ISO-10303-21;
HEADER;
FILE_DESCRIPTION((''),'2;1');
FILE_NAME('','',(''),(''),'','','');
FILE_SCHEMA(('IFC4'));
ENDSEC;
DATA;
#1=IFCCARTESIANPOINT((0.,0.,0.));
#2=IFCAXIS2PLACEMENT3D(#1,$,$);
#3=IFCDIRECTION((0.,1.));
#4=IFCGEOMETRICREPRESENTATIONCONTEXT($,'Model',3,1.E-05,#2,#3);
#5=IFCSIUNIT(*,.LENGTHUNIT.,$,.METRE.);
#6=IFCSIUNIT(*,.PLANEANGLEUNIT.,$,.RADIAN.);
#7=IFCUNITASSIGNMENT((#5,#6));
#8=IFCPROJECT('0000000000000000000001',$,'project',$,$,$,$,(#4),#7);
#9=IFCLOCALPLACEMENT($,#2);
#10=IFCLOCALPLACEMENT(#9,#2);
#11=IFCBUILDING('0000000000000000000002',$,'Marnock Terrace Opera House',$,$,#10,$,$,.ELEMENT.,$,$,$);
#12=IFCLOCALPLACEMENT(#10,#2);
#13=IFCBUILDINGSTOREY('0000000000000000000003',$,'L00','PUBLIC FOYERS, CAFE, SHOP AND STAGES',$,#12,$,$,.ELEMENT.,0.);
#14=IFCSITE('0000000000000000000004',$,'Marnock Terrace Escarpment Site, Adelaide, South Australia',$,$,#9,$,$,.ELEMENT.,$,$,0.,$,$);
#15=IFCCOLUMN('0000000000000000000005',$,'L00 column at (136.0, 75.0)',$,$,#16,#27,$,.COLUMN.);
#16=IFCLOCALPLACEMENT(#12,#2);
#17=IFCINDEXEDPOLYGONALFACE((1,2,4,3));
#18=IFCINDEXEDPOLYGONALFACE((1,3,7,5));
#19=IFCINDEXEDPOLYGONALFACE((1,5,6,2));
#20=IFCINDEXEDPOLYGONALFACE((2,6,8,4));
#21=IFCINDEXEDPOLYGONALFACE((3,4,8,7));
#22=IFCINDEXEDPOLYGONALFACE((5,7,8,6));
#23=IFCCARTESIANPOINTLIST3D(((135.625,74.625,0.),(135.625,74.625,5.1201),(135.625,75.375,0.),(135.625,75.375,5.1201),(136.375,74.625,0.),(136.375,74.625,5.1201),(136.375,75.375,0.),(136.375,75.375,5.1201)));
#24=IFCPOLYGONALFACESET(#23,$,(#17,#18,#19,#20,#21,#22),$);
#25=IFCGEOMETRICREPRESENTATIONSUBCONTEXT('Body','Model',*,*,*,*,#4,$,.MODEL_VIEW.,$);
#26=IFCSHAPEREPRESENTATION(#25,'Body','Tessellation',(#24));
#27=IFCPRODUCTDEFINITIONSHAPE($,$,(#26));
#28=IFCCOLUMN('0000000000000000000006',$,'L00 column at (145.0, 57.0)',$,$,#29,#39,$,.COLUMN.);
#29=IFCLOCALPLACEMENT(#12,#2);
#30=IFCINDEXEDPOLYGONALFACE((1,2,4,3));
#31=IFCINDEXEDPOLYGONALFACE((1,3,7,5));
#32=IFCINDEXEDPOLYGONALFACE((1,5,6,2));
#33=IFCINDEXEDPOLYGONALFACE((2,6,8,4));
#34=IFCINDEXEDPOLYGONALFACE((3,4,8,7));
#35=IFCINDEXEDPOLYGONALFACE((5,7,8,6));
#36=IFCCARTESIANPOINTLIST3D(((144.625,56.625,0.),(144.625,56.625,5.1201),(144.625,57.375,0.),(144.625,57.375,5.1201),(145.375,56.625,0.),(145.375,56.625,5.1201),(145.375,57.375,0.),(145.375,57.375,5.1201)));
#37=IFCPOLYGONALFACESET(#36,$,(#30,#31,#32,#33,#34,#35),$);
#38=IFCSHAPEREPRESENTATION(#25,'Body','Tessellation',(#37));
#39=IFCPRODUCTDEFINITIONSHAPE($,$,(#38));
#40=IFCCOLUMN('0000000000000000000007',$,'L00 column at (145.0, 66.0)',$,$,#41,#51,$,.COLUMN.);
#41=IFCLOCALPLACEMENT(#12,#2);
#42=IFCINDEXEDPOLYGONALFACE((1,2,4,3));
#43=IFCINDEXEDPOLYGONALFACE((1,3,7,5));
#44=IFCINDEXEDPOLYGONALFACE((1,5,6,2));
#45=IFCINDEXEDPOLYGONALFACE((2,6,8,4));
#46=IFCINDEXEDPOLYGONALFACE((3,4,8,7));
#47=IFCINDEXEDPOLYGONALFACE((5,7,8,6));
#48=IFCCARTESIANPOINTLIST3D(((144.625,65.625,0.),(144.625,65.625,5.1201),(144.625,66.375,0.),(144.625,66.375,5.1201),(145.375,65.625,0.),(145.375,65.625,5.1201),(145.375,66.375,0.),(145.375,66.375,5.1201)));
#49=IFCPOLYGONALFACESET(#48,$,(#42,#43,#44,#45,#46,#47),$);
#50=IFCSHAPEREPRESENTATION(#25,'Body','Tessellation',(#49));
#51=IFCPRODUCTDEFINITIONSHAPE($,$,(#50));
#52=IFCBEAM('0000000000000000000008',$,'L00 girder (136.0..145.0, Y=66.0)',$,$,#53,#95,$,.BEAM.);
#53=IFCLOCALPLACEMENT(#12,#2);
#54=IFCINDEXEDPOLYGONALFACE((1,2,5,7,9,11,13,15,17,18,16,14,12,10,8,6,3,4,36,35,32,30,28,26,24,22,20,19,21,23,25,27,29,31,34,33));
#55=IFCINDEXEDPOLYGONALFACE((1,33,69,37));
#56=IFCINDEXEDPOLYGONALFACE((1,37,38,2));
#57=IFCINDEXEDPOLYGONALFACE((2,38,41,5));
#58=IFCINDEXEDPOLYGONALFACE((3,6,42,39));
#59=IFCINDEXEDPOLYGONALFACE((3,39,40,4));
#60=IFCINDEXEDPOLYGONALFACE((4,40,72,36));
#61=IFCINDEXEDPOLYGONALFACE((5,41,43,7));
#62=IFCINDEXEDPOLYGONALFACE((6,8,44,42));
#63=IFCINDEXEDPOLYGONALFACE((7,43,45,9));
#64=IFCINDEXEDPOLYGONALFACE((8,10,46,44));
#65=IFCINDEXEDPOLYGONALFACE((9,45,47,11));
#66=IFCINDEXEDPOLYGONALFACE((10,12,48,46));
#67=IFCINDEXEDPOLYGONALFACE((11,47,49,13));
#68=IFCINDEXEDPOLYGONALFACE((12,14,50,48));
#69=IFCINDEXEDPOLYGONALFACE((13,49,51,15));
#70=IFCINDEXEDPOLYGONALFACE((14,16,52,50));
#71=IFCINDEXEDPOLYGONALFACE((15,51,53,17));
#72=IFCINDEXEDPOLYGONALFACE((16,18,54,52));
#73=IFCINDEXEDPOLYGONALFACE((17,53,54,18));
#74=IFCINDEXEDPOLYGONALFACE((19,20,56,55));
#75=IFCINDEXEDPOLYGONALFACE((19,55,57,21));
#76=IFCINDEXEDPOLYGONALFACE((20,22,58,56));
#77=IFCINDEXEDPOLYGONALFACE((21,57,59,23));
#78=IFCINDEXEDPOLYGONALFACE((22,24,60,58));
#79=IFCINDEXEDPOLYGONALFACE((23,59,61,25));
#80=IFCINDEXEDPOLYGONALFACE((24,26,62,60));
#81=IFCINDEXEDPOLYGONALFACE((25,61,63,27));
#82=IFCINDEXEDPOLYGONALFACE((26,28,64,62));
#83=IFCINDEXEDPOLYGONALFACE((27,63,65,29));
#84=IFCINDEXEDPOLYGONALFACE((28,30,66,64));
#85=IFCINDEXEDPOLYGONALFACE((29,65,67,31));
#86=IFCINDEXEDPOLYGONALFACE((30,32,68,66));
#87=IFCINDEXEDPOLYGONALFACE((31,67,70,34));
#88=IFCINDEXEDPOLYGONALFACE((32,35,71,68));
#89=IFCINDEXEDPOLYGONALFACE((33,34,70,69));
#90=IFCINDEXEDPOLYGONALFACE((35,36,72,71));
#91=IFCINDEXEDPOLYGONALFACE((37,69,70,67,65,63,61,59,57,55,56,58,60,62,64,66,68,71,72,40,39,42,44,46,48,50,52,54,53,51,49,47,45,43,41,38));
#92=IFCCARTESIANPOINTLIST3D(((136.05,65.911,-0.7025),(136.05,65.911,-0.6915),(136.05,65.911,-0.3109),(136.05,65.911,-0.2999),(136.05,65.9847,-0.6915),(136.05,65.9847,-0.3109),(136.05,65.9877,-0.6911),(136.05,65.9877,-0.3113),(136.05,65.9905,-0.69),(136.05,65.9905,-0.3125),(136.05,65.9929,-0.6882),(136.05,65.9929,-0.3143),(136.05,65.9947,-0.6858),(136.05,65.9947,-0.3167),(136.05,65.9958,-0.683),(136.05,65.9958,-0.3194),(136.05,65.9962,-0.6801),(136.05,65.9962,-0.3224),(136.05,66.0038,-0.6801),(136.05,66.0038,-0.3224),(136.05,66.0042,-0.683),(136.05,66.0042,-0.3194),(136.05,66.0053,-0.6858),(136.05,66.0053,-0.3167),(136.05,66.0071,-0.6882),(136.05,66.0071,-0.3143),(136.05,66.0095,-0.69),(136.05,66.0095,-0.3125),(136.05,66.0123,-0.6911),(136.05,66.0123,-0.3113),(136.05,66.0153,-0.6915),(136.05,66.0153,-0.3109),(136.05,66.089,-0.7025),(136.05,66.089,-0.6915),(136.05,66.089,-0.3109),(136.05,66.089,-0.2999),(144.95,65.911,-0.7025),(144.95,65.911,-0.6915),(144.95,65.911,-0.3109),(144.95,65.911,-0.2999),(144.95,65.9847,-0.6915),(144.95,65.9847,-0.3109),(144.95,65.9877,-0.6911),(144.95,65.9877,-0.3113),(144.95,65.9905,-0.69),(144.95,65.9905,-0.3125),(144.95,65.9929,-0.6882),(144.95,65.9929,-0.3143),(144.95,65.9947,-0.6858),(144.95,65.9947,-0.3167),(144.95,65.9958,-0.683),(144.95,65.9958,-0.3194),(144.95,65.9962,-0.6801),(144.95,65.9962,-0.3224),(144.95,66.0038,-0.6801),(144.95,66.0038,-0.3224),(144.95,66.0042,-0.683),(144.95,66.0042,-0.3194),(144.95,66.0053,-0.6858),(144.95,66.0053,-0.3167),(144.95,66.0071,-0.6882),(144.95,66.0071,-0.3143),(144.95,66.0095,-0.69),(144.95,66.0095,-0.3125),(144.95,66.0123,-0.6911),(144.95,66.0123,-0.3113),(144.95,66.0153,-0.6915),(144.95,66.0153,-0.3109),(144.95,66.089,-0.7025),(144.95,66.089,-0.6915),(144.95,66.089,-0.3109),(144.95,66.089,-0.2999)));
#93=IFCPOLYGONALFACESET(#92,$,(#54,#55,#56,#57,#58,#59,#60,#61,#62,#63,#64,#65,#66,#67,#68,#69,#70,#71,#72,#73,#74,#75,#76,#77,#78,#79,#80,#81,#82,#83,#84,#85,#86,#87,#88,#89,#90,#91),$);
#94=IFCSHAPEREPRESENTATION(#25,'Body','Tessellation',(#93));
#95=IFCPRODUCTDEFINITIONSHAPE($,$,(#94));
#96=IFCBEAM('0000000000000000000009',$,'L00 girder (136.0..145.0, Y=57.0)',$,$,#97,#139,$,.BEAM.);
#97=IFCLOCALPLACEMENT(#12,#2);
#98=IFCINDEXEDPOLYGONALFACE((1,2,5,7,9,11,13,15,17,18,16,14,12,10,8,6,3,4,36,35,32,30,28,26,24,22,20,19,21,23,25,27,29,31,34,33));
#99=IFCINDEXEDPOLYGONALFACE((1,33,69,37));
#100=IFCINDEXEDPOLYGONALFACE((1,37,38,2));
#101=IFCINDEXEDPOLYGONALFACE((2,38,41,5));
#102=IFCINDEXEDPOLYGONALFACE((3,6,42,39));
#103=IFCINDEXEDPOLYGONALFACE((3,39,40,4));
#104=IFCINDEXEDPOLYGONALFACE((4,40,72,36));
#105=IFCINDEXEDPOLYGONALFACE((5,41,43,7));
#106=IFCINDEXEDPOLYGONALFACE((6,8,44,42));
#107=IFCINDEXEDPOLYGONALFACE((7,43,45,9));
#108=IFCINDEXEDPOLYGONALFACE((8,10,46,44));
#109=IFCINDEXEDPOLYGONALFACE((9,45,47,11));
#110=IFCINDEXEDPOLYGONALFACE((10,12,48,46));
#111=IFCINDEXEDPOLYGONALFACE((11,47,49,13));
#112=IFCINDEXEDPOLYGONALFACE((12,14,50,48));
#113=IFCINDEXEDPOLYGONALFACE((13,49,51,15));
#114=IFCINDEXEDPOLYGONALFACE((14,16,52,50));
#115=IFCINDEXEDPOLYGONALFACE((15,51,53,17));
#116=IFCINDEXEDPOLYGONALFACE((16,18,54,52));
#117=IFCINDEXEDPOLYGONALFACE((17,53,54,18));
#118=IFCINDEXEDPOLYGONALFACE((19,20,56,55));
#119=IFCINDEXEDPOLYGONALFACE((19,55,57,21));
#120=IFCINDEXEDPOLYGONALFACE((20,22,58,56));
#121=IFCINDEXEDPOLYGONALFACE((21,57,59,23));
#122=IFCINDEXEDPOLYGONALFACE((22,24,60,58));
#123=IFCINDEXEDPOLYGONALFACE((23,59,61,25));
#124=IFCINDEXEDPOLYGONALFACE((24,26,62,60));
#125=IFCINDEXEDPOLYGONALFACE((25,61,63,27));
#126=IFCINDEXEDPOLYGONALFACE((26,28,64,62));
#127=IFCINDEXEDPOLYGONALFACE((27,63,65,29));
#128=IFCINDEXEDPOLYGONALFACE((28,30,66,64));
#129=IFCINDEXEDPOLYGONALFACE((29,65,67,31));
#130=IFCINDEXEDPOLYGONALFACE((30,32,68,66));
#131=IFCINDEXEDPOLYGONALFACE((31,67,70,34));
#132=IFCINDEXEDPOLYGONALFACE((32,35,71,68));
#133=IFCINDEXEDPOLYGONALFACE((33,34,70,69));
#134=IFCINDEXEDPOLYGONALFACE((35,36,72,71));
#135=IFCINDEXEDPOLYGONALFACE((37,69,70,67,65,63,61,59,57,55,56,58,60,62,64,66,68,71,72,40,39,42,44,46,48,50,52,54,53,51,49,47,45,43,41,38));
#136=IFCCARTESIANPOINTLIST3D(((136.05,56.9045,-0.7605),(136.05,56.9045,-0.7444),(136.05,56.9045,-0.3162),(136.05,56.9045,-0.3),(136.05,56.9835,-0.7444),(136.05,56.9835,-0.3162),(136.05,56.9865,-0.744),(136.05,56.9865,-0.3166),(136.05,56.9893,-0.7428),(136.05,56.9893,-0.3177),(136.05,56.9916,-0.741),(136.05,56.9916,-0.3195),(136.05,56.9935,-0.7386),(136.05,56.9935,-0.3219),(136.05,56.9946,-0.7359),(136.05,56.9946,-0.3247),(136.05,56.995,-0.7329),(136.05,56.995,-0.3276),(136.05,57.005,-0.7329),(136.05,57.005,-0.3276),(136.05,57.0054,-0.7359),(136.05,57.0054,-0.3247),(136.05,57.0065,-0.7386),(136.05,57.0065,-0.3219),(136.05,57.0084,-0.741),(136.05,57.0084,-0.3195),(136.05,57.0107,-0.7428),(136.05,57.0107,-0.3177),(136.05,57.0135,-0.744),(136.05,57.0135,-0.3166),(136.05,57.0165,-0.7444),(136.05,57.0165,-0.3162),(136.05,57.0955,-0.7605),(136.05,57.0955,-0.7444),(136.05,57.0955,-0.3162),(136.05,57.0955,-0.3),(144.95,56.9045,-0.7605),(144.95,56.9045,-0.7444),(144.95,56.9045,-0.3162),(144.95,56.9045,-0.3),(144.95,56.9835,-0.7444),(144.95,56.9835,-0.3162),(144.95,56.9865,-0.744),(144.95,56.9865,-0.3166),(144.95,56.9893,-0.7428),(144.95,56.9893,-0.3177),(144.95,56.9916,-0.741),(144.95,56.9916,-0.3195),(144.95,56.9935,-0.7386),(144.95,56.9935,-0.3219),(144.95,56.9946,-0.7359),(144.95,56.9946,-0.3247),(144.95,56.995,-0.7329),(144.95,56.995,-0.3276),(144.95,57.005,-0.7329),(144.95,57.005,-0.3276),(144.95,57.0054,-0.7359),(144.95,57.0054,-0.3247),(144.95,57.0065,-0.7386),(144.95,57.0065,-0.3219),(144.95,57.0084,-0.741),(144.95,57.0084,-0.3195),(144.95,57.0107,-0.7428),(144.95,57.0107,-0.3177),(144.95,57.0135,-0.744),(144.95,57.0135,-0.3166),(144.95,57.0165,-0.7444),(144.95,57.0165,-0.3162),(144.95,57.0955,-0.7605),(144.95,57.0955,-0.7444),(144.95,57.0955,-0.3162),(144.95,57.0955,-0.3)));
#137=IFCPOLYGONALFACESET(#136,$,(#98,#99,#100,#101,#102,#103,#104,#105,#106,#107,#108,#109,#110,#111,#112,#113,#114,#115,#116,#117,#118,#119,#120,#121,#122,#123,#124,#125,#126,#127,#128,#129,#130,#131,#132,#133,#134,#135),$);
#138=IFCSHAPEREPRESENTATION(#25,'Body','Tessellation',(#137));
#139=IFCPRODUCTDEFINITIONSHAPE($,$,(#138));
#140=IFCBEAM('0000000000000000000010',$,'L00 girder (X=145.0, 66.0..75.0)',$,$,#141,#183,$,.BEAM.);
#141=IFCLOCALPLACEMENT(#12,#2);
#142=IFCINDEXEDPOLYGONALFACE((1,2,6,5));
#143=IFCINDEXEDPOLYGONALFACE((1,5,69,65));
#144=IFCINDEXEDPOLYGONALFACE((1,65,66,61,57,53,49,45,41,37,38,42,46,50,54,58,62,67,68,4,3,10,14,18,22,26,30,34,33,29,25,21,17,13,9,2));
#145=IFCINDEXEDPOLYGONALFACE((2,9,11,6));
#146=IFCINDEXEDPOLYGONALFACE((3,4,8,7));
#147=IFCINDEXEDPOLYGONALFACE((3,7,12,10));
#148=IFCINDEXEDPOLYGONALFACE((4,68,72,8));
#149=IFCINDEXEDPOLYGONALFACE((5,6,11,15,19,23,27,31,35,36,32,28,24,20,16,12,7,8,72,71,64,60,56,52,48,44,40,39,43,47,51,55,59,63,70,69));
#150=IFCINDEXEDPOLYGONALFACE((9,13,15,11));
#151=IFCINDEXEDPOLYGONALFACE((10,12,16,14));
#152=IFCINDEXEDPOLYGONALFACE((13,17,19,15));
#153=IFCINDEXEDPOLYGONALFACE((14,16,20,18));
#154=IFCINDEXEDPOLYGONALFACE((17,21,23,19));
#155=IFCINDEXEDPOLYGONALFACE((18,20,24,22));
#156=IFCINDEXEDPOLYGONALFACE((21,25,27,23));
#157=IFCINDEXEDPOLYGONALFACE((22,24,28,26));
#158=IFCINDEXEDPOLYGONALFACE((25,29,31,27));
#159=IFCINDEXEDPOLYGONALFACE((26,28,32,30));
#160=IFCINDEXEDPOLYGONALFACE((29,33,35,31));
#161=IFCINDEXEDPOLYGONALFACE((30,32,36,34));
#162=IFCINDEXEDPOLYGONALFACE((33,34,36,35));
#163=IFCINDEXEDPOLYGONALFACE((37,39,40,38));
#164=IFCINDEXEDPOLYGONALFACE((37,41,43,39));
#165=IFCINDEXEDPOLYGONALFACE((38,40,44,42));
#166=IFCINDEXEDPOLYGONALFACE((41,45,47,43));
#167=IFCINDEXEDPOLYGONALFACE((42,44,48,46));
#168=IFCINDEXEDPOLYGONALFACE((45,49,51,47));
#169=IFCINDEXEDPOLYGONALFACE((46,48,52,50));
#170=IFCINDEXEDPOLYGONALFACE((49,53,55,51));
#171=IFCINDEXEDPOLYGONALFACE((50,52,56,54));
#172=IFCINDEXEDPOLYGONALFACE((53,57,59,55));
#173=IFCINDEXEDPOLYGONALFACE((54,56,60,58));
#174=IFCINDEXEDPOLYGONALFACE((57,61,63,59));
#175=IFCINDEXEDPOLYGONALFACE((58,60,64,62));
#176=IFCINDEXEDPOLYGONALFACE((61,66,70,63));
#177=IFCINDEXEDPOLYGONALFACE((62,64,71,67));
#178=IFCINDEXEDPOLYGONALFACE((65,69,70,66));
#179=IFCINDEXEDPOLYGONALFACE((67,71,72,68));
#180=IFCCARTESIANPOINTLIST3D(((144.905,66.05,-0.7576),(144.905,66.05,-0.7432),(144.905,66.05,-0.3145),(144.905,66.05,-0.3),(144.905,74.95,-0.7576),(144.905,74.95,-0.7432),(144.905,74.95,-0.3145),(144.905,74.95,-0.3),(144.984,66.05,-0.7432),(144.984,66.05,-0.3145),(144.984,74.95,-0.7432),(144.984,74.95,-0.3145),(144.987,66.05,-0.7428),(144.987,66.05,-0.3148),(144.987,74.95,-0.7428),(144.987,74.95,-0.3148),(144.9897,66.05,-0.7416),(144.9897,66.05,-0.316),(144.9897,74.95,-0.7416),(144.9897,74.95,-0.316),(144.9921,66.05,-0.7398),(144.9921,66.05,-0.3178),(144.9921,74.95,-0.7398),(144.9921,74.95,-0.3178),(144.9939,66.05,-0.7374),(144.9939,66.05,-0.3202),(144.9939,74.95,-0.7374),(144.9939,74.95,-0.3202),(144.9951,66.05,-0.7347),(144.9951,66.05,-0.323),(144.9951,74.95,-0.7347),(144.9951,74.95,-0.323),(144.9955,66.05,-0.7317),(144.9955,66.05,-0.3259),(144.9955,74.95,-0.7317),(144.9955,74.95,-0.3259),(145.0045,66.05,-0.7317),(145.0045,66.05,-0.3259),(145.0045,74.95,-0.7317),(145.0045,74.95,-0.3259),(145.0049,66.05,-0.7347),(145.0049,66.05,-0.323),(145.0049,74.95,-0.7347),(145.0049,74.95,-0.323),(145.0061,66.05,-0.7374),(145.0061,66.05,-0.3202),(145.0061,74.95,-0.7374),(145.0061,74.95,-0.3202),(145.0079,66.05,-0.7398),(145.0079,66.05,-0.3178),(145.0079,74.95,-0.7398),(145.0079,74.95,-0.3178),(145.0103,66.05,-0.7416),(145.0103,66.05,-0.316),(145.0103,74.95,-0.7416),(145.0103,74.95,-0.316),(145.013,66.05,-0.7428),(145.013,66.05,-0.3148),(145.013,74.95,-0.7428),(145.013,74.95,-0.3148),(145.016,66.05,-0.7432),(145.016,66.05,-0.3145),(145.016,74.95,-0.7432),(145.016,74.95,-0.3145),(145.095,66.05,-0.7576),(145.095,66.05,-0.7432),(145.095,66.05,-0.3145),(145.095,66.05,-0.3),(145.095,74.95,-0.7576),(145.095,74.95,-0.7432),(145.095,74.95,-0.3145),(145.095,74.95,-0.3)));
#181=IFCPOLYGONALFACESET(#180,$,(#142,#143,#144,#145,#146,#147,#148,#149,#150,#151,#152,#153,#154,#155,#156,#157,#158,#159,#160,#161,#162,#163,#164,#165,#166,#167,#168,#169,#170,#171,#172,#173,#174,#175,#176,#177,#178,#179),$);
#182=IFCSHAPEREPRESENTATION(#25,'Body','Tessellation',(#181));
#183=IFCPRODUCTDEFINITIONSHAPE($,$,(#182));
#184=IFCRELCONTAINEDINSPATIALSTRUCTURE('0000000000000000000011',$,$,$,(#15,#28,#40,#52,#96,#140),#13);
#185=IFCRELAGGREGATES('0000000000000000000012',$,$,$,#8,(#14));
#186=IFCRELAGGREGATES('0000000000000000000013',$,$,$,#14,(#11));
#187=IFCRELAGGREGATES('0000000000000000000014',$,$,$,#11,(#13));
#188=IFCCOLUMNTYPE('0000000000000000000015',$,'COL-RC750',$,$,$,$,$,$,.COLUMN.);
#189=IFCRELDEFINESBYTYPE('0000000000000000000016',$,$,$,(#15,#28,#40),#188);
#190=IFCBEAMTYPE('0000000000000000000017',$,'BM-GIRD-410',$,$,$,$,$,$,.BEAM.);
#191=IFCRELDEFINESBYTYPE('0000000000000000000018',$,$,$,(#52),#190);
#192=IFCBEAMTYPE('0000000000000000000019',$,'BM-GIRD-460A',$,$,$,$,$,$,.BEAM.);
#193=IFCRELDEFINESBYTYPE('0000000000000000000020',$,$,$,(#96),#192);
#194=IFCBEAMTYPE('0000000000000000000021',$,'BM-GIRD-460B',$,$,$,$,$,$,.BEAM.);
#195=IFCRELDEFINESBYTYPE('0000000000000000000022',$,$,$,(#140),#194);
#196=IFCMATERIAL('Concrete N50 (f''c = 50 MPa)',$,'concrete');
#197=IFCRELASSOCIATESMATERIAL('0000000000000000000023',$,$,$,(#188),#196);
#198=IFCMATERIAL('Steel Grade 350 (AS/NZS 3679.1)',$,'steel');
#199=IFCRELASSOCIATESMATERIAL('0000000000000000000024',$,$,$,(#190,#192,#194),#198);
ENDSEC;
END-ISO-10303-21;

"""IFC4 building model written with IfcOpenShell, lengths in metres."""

from ifc_helpers import new_model, si_unit, direction, frame, origin, origin_2d, place, context, subcontext, project, spatial, rectangle, i_section, extrude, material, material_profile, profile_set, type_object, element, save


model = new_model("IFC4")

# Units and contexts
model_context = context("Model", 3, precision=1e-05, world=origin(), true_north=direction((0.0, 1.0)))
body_context = subcontext(model_context, "Body", "Model", "MODEL_VIEW")
ifc_project = project(units=[si_unit("LENGTHUNIT", "METRE"), si_unit("PLANEANGLEUNIT", "RADIAN")], contexts=[model_context])

# Site, building, storey
site_placement = place(None, origin())
site = spatial("IfcSite", under=ifc_project, at=site_placement, Name="Marnock Terrace Escarpment Site, Adelaide, South Australia", CompositionType="ELEMENT", RefElevation=0.0)
building_placement = place(site_placement, origin())
building = spatial("IfcBuilding", under=site, at=building_placement, Name="Marnock Terrace Opera House", CompositionType="ELEMENT")
storey_placement = place(building_placement, origin())
storey = spatial("IfcBuildingStorey", under=building, at=storey_placement, Name="L00", Description="PUBLIC FOYERS, CAFE, SHOP AND STAGES", CompositionType="ELEMENT", Elevation=0.0)

# Columns
ifc_material_1 = material(Name="Concrete N50 (f'c = 50 MPa)", Category="concrete")
ifc_material_profile_1 = material_profile(ifc_material_1, rectangle(XDim=0.75, YDim=0.75, at=origin_2d()))
ifc_profile_set_1 = profile_set([ifc_material_profile_1], Name="Concrete N50 (f'c = 50 MPa)")
column_type = type_object("IfcColumnType", Name="COL-RC750", PredefinedType="COLUMN", material=ifc_profile_set_1)
for number, where, z_axis, x_axis, name in (
    (1, (136.0, 75.0, 0.0), (0.0, 0.0, 1.0), (1.0, 0.0, 0.0), "L00 column at (136.0, 75.0)"),
    (2, (145.0, 57.0, 0.0), (0.0, 0.0, 1.0), (1.0, 0.0, 0.0), "L00 column at (145.0, 57.0)"),
    (3, (145.0, 66.0, 0.0), (0.0, 0.0, 1.0), (1.0, 0.0, 0.0), "L00 column at (145.0, 66.0)"),
):
    element("IfcColumn", number, at=place(storey_placement, frame(where, z_axis=z_axis, x_axis=x_axis)), inside=storey, type_object=column_type, Name=name, PredefinedType="COLUMN", context=body_context, shape_type="SweptSolid", body=[
        extrude(rectangle(XDim=0.75, YDim=0.75, at=origin_2d()), origin(), (0.0, 0.0, 1.0), 5.1201),
    ])

# Beams
ifc_material_2 = material(Name="Steel Grade 350 (AS/NZS 3679.1)", Category="steel")
ifc_material_profile_2 = material_profile(ifc_material_2, i_section(OverallWidth=0.178, OverallDepth=0.4026, WebThickness=0.0076, FlangeThickness=0.011, FilletRadius=0.0115, at=origin_2d()))
ifc_profile_set_2 = profile_set([ifc_material_profile_2], Name="Steel Grade 350 (AS/NZS 3679.1)")
beam_type_1 = type_object("IfcBeamType", Name="BM-GIRD-410", PredefinedType="BEAM", material=ifc_profile_set_2)
beam_1_placement = place(storey_placement, frame((136.05, 66.0, -0.5012), z_axis=(1.0, 0.0, 0.0), x_axis=(0.0, 1.0, 0.0)))
element("IfcBeam", 4, at=beam_1_placement, inside=storey, type_object=beam_type_1, Name="L00 girder (136.0..145.0, Y=66.0)", PredefinedType="BEAM", context=body_context, shape_type="SweptSolid", body=[
    extrude(i_section(OverallWidth=0.178, OverallDepth=0.4026, WebThickness=0.0076, FlangeThickness=0.011, FilletRadius=0.0115, at=origin_2d()), origin(), (0.0, 0.0, 1.0), 8.8999),
])
ifc_material_profile_3 = material_profile(ifc_material_2, i_section(OverallWidth=0.1909, OverallDepth=0.4604, WebThickness=0.01, FlangeThickness=0.0161, FilletRadius=0.0115, at=origin_2d()))
ifc_profile_set_3 = profile_set([ifc_material_profile_3], Name="Steel Grade 350 (AS/NZS 3679.1)")
beam_type_2 = type_object("IfcBeamType", Name="BM-GIRD-460A", PredefinedType="BEAM", material=ifc_profile_set_3)
beam_2_placement = place(storey_placement, frame((136.05, 57.0, -0.5303), z_axis=(1.0, 0.0, 0.0), x_axis=(0.0, 1.0, 0.0)))
element("IfcBeam", 5, at=beam_2_placement, inside=storey, type_object=beam_type_2, Name="L00 girder (136.0..145.0, Y=57.0)", PredefinedType="BEAM", context=body_context, shape_type="SweptSolid", body=[
    extrude(i_section(OverallWidth=0.1909, OverallDepth=0.4604, WebThickness=0.01, FlangeThickness=0.0161, FilletRadius=0.0115, at=origin_2d()), origin(), (0.0, 0.0, 1.0), 8.8999),
])
ifc_material_profile_4 = material_profile(ifc_material_2, i_section(OverallWidth=0.1899, OverallDepth=0.4575, WebThickness=0.009, FlangeThickness=0.0144, FilletRadius=0.0115, at=origin_2d()))
ifc_profile_set_4 = profile_set([ifc_material_profile_4], Name="Steel Grade 350 (AS/NZS 3679.1)")
beam_type_3 = type_object("IfcBeamType", Name="BM-GIRD-460B", PredefinedType="BEAM", material=ifc_profile_set_4)
beam_3_placement = place(storey_placement, frame((145.0, 66.05, -0.5288), z_axis=(0.0, 1.0, 0.0), x_axis=(-1.0, 0.0, 0.0)))
element("IfcBeam", 6, at=beam_3_placement, inside=storey, type_object=beam_type_3, Name="L00 girder (X=145.0, 66.0..75.0)", PredefinedType="BEAM", context=body_context, shape_type="SweptSolid", body=[
    extrude(i_section(OverallWidth=0.1899, OverallDepth=0.4575, WebThickness=0.009, FlangeThickness=0.0144, FilletRadius=0.0115, at=origin_2d()), origin(), (0.0, 0.0, 1.0), 8.8999),
])

save(model, "model.ifc")
